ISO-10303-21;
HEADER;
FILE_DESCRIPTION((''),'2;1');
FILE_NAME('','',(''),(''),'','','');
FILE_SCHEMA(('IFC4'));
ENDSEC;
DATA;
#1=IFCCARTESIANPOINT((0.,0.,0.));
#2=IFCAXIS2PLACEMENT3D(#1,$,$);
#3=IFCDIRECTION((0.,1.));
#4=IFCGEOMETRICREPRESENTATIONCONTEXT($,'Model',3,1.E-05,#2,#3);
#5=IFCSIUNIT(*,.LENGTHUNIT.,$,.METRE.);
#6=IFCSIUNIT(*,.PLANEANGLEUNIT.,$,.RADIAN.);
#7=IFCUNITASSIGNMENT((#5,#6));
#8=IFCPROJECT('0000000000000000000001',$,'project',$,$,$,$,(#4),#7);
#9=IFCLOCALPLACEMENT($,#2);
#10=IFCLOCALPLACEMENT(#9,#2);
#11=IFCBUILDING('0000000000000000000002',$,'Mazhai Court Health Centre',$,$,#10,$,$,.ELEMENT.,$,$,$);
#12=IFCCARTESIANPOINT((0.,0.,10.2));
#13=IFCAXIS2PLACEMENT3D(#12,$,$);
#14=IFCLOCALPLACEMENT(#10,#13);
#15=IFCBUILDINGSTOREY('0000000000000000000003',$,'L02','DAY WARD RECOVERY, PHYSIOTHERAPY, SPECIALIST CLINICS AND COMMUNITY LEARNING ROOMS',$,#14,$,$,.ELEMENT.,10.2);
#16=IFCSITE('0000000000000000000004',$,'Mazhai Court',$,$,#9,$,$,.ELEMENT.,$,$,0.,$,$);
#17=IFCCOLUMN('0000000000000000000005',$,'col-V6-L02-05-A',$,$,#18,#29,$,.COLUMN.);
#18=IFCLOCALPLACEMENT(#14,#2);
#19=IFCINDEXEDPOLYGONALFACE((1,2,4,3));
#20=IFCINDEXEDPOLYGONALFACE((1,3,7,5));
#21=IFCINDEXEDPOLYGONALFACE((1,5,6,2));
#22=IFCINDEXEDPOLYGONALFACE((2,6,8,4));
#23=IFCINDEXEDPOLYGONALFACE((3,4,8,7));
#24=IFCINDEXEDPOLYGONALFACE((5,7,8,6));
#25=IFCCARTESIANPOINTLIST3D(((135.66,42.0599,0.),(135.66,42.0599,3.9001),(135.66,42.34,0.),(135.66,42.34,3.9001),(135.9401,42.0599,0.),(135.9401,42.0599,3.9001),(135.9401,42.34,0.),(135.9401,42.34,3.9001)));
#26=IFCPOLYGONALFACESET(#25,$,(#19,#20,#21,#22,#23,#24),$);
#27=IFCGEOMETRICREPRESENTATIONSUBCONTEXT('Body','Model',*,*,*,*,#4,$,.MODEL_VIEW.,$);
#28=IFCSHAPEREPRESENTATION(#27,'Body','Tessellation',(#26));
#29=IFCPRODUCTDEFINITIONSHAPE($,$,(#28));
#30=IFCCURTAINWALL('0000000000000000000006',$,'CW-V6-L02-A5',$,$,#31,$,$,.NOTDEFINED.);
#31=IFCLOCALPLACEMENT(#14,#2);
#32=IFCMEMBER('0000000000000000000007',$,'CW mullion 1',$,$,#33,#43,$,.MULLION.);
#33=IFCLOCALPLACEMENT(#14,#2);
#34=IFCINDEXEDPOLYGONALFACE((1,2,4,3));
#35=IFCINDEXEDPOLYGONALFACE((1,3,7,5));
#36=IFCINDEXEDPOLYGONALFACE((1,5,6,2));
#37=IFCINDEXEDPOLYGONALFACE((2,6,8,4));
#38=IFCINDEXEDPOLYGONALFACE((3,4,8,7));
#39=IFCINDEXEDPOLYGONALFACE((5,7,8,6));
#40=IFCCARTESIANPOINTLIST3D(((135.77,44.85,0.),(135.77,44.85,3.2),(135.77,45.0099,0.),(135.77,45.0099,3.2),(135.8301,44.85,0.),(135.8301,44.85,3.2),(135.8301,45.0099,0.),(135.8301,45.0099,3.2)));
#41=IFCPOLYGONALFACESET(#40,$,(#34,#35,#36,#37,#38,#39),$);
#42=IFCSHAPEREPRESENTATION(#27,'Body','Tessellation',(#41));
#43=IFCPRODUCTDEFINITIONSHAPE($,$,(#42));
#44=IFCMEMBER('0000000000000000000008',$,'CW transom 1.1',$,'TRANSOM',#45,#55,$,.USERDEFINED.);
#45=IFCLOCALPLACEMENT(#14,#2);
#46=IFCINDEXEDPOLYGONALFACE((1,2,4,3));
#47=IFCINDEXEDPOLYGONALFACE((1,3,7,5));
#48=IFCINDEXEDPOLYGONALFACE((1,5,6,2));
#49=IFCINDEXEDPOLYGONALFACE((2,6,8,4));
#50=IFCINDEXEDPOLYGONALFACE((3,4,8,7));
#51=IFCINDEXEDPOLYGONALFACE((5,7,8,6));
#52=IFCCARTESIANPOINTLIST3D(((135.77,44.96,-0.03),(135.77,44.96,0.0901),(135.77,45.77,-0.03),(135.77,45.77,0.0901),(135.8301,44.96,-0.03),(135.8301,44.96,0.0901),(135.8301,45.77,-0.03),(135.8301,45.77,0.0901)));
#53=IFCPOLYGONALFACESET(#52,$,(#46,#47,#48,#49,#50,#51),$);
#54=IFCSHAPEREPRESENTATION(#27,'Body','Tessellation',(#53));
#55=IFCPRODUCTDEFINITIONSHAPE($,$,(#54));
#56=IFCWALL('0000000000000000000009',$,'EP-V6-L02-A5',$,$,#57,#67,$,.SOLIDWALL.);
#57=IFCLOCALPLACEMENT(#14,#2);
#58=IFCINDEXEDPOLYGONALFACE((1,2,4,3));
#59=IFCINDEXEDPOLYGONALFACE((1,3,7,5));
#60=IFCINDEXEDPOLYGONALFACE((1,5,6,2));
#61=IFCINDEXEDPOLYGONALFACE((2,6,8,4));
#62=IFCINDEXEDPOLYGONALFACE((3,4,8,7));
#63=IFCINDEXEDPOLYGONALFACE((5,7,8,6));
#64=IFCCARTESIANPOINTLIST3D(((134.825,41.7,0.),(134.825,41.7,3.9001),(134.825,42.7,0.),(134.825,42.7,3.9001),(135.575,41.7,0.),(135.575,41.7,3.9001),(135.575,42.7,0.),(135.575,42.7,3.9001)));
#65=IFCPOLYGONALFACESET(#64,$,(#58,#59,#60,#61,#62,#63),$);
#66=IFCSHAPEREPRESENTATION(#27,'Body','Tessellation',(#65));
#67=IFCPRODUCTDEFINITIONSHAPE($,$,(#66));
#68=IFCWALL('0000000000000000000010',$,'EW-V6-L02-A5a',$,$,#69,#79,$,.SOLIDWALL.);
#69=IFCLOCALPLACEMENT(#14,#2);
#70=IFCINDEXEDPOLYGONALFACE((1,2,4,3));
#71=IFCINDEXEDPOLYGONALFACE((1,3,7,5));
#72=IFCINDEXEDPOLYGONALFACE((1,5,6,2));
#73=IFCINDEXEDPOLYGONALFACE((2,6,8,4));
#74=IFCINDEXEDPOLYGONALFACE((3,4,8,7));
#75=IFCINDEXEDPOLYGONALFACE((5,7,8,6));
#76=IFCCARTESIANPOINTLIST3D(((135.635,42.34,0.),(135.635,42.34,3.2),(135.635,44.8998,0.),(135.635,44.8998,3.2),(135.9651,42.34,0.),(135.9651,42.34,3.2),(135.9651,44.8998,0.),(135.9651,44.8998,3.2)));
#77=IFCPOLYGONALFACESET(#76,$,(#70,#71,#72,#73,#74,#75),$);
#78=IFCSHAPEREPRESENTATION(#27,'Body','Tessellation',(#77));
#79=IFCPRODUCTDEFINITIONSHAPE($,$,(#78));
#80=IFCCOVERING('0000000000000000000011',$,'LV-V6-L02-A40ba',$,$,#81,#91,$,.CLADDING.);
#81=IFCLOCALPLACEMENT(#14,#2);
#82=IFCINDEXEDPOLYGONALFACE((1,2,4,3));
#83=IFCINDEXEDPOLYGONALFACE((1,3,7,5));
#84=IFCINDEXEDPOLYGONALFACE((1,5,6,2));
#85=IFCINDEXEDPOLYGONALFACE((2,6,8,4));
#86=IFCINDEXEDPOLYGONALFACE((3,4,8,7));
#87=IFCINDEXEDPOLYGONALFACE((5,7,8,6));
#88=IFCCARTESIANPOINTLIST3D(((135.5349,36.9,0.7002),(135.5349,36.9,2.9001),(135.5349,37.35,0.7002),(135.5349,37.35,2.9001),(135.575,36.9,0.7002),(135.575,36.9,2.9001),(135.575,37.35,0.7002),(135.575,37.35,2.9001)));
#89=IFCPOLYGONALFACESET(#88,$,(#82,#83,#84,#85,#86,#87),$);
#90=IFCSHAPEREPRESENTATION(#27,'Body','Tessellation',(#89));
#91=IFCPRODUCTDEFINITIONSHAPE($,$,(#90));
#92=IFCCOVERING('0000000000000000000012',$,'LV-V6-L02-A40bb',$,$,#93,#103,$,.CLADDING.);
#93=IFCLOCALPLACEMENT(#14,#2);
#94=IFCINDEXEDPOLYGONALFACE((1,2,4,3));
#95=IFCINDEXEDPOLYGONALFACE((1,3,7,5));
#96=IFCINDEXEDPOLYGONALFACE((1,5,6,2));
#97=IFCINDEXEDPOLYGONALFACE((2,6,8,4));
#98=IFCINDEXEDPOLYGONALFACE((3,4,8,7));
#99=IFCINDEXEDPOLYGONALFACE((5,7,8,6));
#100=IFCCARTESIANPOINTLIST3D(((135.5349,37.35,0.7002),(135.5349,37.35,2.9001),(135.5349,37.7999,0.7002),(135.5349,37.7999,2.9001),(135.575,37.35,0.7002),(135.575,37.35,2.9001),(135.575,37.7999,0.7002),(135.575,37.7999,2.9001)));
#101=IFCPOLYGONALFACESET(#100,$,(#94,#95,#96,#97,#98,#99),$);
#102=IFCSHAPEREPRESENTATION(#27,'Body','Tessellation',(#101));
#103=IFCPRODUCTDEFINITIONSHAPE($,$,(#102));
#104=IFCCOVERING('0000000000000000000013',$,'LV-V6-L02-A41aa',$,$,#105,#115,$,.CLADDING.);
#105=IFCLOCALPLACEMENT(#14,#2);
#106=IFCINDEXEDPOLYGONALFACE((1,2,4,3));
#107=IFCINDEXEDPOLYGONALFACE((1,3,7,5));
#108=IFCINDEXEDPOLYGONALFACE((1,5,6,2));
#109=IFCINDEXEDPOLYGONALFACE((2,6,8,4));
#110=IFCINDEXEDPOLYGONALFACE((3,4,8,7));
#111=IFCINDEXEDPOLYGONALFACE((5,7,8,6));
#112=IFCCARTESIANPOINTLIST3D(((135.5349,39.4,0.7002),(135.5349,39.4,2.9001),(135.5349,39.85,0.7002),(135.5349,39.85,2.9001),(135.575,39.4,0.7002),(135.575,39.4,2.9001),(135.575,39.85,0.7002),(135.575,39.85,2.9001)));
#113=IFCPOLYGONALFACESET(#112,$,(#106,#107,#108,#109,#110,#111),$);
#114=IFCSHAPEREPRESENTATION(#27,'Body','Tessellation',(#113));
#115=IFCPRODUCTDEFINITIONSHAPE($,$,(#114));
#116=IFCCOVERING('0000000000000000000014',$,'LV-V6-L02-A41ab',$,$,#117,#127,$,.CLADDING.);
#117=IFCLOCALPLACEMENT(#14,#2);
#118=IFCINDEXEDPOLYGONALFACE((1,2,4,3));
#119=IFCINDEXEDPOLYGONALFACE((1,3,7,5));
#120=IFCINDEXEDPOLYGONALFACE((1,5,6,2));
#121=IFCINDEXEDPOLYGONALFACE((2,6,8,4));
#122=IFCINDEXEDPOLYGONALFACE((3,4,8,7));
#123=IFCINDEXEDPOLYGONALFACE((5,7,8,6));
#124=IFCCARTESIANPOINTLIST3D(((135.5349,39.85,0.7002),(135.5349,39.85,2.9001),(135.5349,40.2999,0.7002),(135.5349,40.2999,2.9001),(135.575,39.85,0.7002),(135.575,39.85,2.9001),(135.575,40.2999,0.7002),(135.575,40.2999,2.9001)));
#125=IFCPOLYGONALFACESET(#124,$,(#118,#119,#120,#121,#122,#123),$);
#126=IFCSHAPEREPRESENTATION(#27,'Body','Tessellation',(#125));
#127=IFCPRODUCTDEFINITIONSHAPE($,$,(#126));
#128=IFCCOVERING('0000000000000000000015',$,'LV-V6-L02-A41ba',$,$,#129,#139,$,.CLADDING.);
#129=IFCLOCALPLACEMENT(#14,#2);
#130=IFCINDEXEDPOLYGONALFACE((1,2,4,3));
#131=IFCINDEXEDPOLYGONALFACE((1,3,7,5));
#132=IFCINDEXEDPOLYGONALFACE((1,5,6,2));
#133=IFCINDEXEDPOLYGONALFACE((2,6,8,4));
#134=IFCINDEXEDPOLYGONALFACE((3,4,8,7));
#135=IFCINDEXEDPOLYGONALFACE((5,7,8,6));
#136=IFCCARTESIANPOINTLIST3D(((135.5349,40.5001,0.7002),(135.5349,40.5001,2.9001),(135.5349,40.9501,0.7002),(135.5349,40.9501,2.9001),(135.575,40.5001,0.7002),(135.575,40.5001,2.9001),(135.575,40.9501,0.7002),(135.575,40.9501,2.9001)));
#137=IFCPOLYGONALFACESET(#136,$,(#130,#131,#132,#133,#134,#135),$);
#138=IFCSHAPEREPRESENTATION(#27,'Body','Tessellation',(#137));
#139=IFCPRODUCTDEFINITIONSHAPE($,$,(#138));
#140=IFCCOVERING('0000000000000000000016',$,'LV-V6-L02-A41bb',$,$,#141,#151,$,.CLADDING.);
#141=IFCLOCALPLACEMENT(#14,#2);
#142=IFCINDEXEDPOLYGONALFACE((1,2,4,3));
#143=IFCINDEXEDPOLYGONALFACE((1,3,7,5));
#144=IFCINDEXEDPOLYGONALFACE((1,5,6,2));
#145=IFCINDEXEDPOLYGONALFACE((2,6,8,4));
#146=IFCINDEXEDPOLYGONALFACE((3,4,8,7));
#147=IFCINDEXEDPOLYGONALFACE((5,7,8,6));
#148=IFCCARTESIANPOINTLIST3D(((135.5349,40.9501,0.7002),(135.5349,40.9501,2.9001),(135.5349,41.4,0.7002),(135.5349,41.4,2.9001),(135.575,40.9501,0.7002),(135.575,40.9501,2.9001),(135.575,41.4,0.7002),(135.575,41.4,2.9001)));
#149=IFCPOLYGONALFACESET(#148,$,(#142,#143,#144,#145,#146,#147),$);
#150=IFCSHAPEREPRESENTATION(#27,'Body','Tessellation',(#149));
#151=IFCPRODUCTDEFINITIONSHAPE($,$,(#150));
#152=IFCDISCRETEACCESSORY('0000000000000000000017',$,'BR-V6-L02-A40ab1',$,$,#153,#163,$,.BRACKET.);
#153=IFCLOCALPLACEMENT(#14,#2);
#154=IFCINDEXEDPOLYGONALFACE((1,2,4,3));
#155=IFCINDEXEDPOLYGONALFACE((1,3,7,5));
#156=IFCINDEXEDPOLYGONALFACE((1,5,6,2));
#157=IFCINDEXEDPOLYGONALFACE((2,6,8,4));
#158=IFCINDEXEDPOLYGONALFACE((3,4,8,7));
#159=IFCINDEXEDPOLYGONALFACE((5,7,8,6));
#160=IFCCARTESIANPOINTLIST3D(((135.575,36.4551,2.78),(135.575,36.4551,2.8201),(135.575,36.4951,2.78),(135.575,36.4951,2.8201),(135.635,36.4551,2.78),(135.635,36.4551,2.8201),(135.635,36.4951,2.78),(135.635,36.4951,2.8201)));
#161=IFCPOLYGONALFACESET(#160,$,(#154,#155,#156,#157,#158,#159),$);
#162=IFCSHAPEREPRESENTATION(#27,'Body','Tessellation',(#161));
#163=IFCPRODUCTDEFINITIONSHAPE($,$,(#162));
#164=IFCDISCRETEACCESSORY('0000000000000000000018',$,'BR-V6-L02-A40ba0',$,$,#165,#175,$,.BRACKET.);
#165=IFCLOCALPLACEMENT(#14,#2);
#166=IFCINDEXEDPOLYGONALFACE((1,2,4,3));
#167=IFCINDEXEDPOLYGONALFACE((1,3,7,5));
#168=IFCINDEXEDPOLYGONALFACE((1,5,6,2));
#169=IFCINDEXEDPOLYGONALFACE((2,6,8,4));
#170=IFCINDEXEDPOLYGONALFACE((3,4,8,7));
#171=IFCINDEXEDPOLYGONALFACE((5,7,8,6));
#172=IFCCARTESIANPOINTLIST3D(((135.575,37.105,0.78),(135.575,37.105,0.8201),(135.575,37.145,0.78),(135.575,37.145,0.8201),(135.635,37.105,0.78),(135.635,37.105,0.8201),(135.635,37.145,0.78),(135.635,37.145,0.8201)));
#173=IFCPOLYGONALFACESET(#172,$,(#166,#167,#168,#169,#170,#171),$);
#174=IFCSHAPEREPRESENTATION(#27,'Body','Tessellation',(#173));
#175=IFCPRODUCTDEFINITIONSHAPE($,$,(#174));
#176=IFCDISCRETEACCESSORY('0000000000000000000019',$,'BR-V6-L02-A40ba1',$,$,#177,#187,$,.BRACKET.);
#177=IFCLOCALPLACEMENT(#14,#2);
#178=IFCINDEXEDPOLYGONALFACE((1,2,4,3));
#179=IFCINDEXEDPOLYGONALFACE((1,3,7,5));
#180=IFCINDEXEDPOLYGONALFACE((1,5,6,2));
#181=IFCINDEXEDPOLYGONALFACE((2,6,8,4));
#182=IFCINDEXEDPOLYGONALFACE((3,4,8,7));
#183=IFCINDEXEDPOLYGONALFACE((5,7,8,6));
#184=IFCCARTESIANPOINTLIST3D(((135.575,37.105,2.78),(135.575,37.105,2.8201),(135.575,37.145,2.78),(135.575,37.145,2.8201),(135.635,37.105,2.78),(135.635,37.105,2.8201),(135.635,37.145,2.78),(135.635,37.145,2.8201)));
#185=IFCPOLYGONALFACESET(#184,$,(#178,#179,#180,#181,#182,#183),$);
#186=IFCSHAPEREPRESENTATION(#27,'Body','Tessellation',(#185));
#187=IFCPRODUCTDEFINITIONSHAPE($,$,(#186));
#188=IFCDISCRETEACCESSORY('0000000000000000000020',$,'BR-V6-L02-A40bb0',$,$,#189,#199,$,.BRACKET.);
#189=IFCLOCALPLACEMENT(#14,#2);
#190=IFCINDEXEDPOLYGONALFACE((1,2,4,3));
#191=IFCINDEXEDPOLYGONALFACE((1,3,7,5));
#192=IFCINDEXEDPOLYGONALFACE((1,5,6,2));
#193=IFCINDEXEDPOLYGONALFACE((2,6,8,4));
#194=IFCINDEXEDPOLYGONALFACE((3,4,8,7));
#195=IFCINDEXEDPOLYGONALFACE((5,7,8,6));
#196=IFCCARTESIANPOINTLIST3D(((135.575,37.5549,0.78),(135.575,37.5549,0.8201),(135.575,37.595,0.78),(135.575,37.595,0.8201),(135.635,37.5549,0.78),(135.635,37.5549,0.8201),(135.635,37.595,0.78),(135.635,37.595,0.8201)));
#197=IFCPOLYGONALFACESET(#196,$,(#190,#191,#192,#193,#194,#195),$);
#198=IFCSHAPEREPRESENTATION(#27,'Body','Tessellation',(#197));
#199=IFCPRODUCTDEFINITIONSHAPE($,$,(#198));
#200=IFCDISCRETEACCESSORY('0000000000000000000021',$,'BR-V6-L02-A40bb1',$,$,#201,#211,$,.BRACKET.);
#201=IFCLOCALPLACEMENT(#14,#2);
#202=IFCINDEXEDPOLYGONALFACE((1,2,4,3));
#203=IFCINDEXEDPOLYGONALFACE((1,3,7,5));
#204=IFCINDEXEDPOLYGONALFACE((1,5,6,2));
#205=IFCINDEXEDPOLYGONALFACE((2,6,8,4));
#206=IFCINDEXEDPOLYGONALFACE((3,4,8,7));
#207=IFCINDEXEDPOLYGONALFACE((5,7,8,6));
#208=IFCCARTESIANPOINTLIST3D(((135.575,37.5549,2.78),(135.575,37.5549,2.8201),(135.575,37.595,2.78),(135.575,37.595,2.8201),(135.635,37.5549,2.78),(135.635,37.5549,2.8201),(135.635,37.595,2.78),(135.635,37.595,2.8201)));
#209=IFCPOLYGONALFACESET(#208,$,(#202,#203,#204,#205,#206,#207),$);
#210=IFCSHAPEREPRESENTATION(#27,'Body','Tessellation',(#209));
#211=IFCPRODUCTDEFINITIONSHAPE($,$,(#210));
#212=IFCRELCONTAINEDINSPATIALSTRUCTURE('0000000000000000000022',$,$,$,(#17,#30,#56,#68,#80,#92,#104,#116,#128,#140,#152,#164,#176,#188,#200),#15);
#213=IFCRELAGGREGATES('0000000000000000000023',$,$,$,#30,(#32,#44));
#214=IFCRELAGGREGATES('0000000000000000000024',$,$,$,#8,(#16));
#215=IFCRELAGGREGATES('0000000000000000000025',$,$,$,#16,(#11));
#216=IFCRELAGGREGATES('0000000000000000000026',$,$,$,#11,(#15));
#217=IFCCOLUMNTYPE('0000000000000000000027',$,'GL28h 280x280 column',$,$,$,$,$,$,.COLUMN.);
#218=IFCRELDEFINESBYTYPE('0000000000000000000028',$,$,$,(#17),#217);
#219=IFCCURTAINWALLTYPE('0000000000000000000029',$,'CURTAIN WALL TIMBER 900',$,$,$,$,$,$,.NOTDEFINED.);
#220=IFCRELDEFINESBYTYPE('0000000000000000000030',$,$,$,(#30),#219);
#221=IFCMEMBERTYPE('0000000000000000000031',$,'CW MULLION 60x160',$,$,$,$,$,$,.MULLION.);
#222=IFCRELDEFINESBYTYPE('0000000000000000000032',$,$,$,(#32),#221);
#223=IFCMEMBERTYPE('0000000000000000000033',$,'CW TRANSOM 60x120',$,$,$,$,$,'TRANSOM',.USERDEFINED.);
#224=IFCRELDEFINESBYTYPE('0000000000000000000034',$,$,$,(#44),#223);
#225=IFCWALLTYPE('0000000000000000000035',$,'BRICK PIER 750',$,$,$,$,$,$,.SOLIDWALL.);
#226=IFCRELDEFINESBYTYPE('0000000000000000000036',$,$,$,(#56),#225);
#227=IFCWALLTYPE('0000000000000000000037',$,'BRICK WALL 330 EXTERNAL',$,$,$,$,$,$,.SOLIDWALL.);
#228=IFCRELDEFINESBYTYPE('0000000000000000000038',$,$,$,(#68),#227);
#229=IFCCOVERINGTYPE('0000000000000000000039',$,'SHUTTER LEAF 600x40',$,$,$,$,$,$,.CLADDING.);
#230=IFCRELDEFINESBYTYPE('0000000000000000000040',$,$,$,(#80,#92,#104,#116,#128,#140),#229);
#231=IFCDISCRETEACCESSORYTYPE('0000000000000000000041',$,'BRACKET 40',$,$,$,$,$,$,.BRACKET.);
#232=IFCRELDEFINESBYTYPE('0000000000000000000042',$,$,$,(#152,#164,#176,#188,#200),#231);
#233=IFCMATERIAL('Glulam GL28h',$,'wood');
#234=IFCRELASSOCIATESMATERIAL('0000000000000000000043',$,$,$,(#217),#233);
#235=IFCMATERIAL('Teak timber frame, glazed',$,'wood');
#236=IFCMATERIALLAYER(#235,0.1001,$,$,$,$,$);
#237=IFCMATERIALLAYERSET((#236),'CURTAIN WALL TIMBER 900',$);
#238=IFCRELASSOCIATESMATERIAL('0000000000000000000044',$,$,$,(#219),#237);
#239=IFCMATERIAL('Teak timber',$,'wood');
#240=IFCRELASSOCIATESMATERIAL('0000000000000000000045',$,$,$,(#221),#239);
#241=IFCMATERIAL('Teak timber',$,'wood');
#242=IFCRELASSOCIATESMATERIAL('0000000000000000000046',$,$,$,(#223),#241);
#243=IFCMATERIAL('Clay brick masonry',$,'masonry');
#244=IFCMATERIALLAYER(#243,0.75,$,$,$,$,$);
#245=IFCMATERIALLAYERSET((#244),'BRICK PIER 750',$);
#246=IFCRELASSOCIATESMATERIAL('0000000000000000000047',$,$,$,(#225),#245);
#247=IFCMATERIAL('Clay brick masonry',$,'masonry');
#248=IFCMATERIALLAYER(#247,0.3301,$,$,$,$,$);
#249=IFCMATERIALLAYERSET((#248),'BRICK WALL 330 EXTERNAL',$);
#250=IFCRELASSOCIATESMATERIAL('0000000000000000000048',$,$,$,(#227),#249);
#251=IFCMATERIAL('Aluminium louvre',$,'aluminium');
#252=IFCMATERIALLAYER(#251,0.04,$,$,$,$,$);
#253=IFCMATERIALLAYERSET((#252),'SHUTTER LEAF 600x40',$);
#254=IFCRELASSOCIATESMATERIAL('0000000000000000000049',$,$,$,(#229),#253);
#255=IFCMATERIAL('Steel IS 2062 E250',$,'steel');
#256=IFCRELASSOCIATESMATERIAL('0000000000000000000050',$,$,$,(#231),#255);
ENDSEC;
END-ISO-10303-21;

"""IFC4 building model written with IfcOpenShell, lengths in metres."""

from ifc_helpers import new_model, si_unit, direction, frame, frame_2d, origin, origin_2d, place, context, subcontext, project, spatial, rectangle, extrude, material, layer, layer_set, material_profile, profile_set, type_object, element, aggregate, save


model = new_model("IFC4")

# Units and contexts
model_context = context("Model", 3, precision=1e-05, world=origin(), true_north=direction((0.0, 1.0)))
body_context = subcontext(model_context, "Body", "Model", "MODEL_VIEW")
ifc_project = project(units=[si_unit("LENGTHUNIT", "METRE"), si_unit("PLANEANGLEUNIT", "RADIAN")], contexts=[model_context])

# Site, building, storey
site_placement = place(None, origin())
site = spatial("IfcSite", under=ifc_project, at=site_placement, Name="Mazhai Court", CompositionType="ELEMENT", RefElevation=0.0)
building_placement = place(site_placement, origin())
building = spatial("IfcBuilding", under=site, at=building_placement, Name="Mazhai Court Health Centre", CompositionType="ELEMENT")
storey_placement = place(building_placement, frame((0.0, 0.0, 10.2)))
storey = spatial("IfcBuildingStorey", under=building, at=storey_placement, Name="L02", Description="DAY WARD RECOVERY, PHYSIOTHERAPY, SPECIALIST CLINICS AND COMMUNITY LEARNING ROOMS", CompositionType="ELEMENT", Elevation=10.2)

# Column
ifc_material_1 = material(Name="Glulam GL28h", Category="wood")
ifc_material_profile_1 = material_profile(ifc_material_1, rectangle(XDim=0.28, YDim=0.28, at=origin_2d()), Name="GL28h 280x280")
ifc_profile_set_1 = profile_set([ifc_material_profile_1], Name="Glulam GL28h")
column_type = type_object("IfcColumnType", Name="GL28h 280x280 column", PredefinedType="COLUMN", material=ifc_profile_set_1)
column_placement = place(storey_placement, frame((135.8, 42.2, 0.0), z_axis=(0.0, 0.0, 1.0), x_axis=(1.0, 0.0, 0.0)))
element("IfcColumn", 1, at=column_placement, inside=storey, type_object=column_type, Name="col-V6-L02-05-A", PredefinedType="COLUMN", context=body_context, shape_type="SweptSolid", body=[
    extrude(rectangle(XDim=0.28, YDim=0.28, at=origin_2d()), origin(), (0.0, 0.0, 1.0), 3.9001),
])

# Curtain wall, members
ifc_material_2 = material(Name="Teak timber frame, glazed", Category="wood")
ifc_layer_1 = layer(ifc_material_2, 0.1001)
ifc_layer_set_1 = layer_set([ifc_layer_1], Name="CURTAIN WALL TIMBER 900")
curtain_wall_type = type_object("IfcCurtainWallType", Name="CURTAIN WALL TIMBER 900", PredefinedType="NOTDEFINED", material=ifc_layer_set_1)
curtain_wall_placement = place(storey_placement, origin())
curtain_wall = element("IfcCurtainWall", 2, at=curtain_wall_placement, inside=storey, type_object=curtain_wall_type, Name="CW-V6-L02-A5", PredefinedType="NOTDEFINED")
ifc_material_3 = material(Name="Teak timber", Category="wood")
ifc_material_profile_2 = material_profile(ifc_material_3, rectangle(XDim=0.0601, YDim=0.1599, at=origin_2d()), Name="CW MULLION 60x160")
ifc_profile_set_2 = profile_set([ifc_material_profile_2], Name="Teak timber")
member_type_1 = type_object("IfcMemberType", Name="CW MULLION 60x160", PredefinedType="MULLION", material=ifc_profile_set_2)
member_1_placement = place(storey_placement, frame((135.8, 44.9299, 0.0), z_axis=(0.0, 0.0, 1.0), x_axis=(-1.0, 0.0, 0.0)))
member_1 = element("IfcMember", 3, at=member_1_placement, type_object=member_type_1, Name="CW mullion 1", PredefinedType="MULLION", context=body_context, shape_type="SweptSolid", body=[
    extrude(rectangle(XDim=0.0601, YDim=0.1599, at=origin_2d()), origin(), (0.0, 0.0, 1.0), 3.2),
])
ifc_material_4 = material(Name="Teak timber", Category="wood")
ifc_material_profile_3 = material_profile(ifc_material_4, rectangle(XDim=0.0601, YDim=0.1201, at=origin_2d()), Name="CW TRANSOM 60x120")
ifc_profile_set_3 = profile_set([ifc_material_profile_3], Name="Teak timber")
member_type_2 = type_object("IfcMemberType", Name="CW TRANSOM 60x120", ElementType="TRANSOM", PredefinedType="USERDEFINED", material=ifc_profile_set_3)
member_2_placement = place(storey_placement, frame((135.8, 44.96, 0.03), z_axis=(0.0, 1.0, 0.0), x_axis=(-1.0, 0.0, 0.0)))
member_2 = element("IfcMember", 4, at=member_2_placement, type_object=member_type_2, Name="CW transom 1.1", ObjectType="TRANSOM", PredefinedType="USERDEFINED", context=body_context, shape_type="SweptSolid", body=[
    extrude(rectangle(XDim=0.0601, YDim=0.1201, at=origin_2d()), origin(), (0.0, 0.0, 1.0), 0.8101),
])
aggregate(curtain_wall, [member_1, member_2])

# Walls
ifc_material_5 = material(Name="Clay brick masonry", Category="masonry")
ifc_layer_2 = layer(ifc_material_5, 0.75)
ifc_layer_set_2 = layer_set([ifc_layer_2], Name="BRICK PIER 750")
wall_type_1 = type_object("IfcWallType", Name="BRICK PIER 750", PredefinedType="SOLIDWALL", material=ifc_layer_set_2)
wall_1_placement = place(storey_placement, frame((135.2, 41.7, 0.0), z_axis=(0.0, 0.0, 1.0), x_axis=(0.0, 1.0, 0.0)))
element("IfcWall", 5, at=wall_1_placement, inside=storey, type_object=wall_type_1, Name="EP-V6-L02-A5", PredefinedType="SOLIDWALL", context=body_context, shape_type="SweptSolid", body=[
    extrude(rectangle(XDim=1.0, YDim=0.75, at=frame_2d((0.5, 0.0))), origin(), (0.0, 0.0, 1.0), 3.9001),
])
ifc_material_6 = material(Name="Clay brick masonry", Category="masonry")
ifc_layer_3 = layer(ifc_material_6, 0.3301)
ifc_layer_set_3 = layer_set([ifc_layer_3], Name="BRICK WALL 330 EXTERNAL")
wall_type_2 = type_object("IfcWallType", Name="BRICK WALL 330 EXTERNAL", PredefinedType="SOLIDWALL", material=ifc_layer_set_3)
wall_2_placement = place(storey_placement, frame((135.8, 42.3401, 0.0), z_axis=(0.0, 0.0, 1.0), x_axis=(0.0, 1.0, 0.0)))
element("IfcWall", 6, at=wall_2_placement, inside=storey, type_object=wall_type_2, Name="EW-V6-L02-A5a", PredefinedType="SOLIDWALL", context=body_context, shape_type="SweptSolid", body=[
    extrude(rectangle(XDim=2.5598, YDim=0.3301, at=frame_2d((1.2798, 0.0))), origin(), (0.0, 0.0, 1.0), 3.2),
])

# Coverings
ifc_material_7 = material(Name="Aluminium louvre", Category="aluminium")
ifc_layer_4 = layer(ifc_material_7, 0.04)
ifc_layer_set_4 = layer_set([ifc_layer_4], Name="SHUTTER LEAF 600x40")
covering_type = type_object("IfcCoveringType", Name="SHUTTER LEAF 600x40", PredefinedType="CLADDING", material=ifc_layer_set_4)
for number, where, z_axis, x_axis, name in (
    (7, (135.5549, 37.125, 0.7002), (0.0, 0.0, 1.0), (0.0, 1.0, 0.0), "LV-V6-L02-A40ba"),
    (8, (135.5549, 37.575, 0.7002), (0.0, 0.0, 1.0), (0.0, 1.0, 0.0), "LV-V6-L02-A40bb"),
    (9, (135.5549, 39.625, 0.7002), (0.0, 0.0, 1.0), (0.0, 1.0, 0.0), "LV-V6-L02-A41aa"),
    (10, (135.5549, 40.075, 0.7002), (0.0, 0.0, 1.0), (0.0, 1.0, 0.0), "LV-V6-L02-A41ab"),
    (11, (135.5549, 40.7251, 0.7002), (0.0, 0.0, 1.0), (0.0, 1.0, 0.0), "LV-V6-L02-A41ba"),
    (12, (135.5549, 41.175, 0.7002), (0.0, 0.0, 1.0), (0.0, 1.0, 0.0), "LV-V6-L02-A41bb"),
):
    element("IfcCovering", number, at=place(storey_placement, frame(where, z_axis=z_axis, x_axis=x_axis)), inside=storey, type_object=covering_type, Name=name, PredefinedType="CLADDING", context=body_context, shape_type="SweptSolid", body=[
        extrude(rectangle(XDim=0.45, YDim=0.04, at=origin_2d()), origin(), (0.0, 0.0, 1.0), 2.2),
    ])

# Discrete accessories
ifc_material_8 = material(Name="Steel IS 2062 E250", Category="steel")
discrete_accessory_type = type_object("IfcDiscreteAccessoryType", Name="BRACKET 40", PredefinedType="BRACKET", material=ifc_material_8)
for number, where, z_axis, x_axis, name in (
    (13, (135.605, 36.4751, 2.78), (0.0, 0.0, 1.0), (0.0, 1.0, 0.0), "BR-V6-L02-A40ab1"),
    (14, (135.605, 37.125, 0.78), (0.0, 0.0, 1.0), (0.0, 1.0, 0.0), "BR-V6-L02-A40ba0"),
    (15, (135.605, 37.125, 2.78), (0.0, 0.0, 1.0), (0.0, 1.0, 0.0), "BR-V6-L02-A40ba1"),
    (16, (135.605, 37.575, 0.78), (0.0, 0.0, 1.0), (0.0, 1.0, 0.0), "BR-V6-L02-A40bb0"),
    (17, (135.605, 37.575, 2.78), (0.0, 0.0, 1.0), (0.0, 1.0, 0.0), "BR-V6-L02-A40bb1"),
):
    element("IfcDiscreteAccessory", number, at=place(storey_placement, frame(where, z_axis=z_axis, x_axis=x_axis)), inside=storey, type_object=discrete_accessory_type, Name=name, PredefinedType="BRACKET", context=body_context, shape_type="SweptSolid", body=[
        extrude(rectangle(XDim=0.04, YDim=0.0601, at=origin_2d()), origin(), (0.0, 0.0, 1.0), 0.04),
    ])

save(model, "model.ifc")
